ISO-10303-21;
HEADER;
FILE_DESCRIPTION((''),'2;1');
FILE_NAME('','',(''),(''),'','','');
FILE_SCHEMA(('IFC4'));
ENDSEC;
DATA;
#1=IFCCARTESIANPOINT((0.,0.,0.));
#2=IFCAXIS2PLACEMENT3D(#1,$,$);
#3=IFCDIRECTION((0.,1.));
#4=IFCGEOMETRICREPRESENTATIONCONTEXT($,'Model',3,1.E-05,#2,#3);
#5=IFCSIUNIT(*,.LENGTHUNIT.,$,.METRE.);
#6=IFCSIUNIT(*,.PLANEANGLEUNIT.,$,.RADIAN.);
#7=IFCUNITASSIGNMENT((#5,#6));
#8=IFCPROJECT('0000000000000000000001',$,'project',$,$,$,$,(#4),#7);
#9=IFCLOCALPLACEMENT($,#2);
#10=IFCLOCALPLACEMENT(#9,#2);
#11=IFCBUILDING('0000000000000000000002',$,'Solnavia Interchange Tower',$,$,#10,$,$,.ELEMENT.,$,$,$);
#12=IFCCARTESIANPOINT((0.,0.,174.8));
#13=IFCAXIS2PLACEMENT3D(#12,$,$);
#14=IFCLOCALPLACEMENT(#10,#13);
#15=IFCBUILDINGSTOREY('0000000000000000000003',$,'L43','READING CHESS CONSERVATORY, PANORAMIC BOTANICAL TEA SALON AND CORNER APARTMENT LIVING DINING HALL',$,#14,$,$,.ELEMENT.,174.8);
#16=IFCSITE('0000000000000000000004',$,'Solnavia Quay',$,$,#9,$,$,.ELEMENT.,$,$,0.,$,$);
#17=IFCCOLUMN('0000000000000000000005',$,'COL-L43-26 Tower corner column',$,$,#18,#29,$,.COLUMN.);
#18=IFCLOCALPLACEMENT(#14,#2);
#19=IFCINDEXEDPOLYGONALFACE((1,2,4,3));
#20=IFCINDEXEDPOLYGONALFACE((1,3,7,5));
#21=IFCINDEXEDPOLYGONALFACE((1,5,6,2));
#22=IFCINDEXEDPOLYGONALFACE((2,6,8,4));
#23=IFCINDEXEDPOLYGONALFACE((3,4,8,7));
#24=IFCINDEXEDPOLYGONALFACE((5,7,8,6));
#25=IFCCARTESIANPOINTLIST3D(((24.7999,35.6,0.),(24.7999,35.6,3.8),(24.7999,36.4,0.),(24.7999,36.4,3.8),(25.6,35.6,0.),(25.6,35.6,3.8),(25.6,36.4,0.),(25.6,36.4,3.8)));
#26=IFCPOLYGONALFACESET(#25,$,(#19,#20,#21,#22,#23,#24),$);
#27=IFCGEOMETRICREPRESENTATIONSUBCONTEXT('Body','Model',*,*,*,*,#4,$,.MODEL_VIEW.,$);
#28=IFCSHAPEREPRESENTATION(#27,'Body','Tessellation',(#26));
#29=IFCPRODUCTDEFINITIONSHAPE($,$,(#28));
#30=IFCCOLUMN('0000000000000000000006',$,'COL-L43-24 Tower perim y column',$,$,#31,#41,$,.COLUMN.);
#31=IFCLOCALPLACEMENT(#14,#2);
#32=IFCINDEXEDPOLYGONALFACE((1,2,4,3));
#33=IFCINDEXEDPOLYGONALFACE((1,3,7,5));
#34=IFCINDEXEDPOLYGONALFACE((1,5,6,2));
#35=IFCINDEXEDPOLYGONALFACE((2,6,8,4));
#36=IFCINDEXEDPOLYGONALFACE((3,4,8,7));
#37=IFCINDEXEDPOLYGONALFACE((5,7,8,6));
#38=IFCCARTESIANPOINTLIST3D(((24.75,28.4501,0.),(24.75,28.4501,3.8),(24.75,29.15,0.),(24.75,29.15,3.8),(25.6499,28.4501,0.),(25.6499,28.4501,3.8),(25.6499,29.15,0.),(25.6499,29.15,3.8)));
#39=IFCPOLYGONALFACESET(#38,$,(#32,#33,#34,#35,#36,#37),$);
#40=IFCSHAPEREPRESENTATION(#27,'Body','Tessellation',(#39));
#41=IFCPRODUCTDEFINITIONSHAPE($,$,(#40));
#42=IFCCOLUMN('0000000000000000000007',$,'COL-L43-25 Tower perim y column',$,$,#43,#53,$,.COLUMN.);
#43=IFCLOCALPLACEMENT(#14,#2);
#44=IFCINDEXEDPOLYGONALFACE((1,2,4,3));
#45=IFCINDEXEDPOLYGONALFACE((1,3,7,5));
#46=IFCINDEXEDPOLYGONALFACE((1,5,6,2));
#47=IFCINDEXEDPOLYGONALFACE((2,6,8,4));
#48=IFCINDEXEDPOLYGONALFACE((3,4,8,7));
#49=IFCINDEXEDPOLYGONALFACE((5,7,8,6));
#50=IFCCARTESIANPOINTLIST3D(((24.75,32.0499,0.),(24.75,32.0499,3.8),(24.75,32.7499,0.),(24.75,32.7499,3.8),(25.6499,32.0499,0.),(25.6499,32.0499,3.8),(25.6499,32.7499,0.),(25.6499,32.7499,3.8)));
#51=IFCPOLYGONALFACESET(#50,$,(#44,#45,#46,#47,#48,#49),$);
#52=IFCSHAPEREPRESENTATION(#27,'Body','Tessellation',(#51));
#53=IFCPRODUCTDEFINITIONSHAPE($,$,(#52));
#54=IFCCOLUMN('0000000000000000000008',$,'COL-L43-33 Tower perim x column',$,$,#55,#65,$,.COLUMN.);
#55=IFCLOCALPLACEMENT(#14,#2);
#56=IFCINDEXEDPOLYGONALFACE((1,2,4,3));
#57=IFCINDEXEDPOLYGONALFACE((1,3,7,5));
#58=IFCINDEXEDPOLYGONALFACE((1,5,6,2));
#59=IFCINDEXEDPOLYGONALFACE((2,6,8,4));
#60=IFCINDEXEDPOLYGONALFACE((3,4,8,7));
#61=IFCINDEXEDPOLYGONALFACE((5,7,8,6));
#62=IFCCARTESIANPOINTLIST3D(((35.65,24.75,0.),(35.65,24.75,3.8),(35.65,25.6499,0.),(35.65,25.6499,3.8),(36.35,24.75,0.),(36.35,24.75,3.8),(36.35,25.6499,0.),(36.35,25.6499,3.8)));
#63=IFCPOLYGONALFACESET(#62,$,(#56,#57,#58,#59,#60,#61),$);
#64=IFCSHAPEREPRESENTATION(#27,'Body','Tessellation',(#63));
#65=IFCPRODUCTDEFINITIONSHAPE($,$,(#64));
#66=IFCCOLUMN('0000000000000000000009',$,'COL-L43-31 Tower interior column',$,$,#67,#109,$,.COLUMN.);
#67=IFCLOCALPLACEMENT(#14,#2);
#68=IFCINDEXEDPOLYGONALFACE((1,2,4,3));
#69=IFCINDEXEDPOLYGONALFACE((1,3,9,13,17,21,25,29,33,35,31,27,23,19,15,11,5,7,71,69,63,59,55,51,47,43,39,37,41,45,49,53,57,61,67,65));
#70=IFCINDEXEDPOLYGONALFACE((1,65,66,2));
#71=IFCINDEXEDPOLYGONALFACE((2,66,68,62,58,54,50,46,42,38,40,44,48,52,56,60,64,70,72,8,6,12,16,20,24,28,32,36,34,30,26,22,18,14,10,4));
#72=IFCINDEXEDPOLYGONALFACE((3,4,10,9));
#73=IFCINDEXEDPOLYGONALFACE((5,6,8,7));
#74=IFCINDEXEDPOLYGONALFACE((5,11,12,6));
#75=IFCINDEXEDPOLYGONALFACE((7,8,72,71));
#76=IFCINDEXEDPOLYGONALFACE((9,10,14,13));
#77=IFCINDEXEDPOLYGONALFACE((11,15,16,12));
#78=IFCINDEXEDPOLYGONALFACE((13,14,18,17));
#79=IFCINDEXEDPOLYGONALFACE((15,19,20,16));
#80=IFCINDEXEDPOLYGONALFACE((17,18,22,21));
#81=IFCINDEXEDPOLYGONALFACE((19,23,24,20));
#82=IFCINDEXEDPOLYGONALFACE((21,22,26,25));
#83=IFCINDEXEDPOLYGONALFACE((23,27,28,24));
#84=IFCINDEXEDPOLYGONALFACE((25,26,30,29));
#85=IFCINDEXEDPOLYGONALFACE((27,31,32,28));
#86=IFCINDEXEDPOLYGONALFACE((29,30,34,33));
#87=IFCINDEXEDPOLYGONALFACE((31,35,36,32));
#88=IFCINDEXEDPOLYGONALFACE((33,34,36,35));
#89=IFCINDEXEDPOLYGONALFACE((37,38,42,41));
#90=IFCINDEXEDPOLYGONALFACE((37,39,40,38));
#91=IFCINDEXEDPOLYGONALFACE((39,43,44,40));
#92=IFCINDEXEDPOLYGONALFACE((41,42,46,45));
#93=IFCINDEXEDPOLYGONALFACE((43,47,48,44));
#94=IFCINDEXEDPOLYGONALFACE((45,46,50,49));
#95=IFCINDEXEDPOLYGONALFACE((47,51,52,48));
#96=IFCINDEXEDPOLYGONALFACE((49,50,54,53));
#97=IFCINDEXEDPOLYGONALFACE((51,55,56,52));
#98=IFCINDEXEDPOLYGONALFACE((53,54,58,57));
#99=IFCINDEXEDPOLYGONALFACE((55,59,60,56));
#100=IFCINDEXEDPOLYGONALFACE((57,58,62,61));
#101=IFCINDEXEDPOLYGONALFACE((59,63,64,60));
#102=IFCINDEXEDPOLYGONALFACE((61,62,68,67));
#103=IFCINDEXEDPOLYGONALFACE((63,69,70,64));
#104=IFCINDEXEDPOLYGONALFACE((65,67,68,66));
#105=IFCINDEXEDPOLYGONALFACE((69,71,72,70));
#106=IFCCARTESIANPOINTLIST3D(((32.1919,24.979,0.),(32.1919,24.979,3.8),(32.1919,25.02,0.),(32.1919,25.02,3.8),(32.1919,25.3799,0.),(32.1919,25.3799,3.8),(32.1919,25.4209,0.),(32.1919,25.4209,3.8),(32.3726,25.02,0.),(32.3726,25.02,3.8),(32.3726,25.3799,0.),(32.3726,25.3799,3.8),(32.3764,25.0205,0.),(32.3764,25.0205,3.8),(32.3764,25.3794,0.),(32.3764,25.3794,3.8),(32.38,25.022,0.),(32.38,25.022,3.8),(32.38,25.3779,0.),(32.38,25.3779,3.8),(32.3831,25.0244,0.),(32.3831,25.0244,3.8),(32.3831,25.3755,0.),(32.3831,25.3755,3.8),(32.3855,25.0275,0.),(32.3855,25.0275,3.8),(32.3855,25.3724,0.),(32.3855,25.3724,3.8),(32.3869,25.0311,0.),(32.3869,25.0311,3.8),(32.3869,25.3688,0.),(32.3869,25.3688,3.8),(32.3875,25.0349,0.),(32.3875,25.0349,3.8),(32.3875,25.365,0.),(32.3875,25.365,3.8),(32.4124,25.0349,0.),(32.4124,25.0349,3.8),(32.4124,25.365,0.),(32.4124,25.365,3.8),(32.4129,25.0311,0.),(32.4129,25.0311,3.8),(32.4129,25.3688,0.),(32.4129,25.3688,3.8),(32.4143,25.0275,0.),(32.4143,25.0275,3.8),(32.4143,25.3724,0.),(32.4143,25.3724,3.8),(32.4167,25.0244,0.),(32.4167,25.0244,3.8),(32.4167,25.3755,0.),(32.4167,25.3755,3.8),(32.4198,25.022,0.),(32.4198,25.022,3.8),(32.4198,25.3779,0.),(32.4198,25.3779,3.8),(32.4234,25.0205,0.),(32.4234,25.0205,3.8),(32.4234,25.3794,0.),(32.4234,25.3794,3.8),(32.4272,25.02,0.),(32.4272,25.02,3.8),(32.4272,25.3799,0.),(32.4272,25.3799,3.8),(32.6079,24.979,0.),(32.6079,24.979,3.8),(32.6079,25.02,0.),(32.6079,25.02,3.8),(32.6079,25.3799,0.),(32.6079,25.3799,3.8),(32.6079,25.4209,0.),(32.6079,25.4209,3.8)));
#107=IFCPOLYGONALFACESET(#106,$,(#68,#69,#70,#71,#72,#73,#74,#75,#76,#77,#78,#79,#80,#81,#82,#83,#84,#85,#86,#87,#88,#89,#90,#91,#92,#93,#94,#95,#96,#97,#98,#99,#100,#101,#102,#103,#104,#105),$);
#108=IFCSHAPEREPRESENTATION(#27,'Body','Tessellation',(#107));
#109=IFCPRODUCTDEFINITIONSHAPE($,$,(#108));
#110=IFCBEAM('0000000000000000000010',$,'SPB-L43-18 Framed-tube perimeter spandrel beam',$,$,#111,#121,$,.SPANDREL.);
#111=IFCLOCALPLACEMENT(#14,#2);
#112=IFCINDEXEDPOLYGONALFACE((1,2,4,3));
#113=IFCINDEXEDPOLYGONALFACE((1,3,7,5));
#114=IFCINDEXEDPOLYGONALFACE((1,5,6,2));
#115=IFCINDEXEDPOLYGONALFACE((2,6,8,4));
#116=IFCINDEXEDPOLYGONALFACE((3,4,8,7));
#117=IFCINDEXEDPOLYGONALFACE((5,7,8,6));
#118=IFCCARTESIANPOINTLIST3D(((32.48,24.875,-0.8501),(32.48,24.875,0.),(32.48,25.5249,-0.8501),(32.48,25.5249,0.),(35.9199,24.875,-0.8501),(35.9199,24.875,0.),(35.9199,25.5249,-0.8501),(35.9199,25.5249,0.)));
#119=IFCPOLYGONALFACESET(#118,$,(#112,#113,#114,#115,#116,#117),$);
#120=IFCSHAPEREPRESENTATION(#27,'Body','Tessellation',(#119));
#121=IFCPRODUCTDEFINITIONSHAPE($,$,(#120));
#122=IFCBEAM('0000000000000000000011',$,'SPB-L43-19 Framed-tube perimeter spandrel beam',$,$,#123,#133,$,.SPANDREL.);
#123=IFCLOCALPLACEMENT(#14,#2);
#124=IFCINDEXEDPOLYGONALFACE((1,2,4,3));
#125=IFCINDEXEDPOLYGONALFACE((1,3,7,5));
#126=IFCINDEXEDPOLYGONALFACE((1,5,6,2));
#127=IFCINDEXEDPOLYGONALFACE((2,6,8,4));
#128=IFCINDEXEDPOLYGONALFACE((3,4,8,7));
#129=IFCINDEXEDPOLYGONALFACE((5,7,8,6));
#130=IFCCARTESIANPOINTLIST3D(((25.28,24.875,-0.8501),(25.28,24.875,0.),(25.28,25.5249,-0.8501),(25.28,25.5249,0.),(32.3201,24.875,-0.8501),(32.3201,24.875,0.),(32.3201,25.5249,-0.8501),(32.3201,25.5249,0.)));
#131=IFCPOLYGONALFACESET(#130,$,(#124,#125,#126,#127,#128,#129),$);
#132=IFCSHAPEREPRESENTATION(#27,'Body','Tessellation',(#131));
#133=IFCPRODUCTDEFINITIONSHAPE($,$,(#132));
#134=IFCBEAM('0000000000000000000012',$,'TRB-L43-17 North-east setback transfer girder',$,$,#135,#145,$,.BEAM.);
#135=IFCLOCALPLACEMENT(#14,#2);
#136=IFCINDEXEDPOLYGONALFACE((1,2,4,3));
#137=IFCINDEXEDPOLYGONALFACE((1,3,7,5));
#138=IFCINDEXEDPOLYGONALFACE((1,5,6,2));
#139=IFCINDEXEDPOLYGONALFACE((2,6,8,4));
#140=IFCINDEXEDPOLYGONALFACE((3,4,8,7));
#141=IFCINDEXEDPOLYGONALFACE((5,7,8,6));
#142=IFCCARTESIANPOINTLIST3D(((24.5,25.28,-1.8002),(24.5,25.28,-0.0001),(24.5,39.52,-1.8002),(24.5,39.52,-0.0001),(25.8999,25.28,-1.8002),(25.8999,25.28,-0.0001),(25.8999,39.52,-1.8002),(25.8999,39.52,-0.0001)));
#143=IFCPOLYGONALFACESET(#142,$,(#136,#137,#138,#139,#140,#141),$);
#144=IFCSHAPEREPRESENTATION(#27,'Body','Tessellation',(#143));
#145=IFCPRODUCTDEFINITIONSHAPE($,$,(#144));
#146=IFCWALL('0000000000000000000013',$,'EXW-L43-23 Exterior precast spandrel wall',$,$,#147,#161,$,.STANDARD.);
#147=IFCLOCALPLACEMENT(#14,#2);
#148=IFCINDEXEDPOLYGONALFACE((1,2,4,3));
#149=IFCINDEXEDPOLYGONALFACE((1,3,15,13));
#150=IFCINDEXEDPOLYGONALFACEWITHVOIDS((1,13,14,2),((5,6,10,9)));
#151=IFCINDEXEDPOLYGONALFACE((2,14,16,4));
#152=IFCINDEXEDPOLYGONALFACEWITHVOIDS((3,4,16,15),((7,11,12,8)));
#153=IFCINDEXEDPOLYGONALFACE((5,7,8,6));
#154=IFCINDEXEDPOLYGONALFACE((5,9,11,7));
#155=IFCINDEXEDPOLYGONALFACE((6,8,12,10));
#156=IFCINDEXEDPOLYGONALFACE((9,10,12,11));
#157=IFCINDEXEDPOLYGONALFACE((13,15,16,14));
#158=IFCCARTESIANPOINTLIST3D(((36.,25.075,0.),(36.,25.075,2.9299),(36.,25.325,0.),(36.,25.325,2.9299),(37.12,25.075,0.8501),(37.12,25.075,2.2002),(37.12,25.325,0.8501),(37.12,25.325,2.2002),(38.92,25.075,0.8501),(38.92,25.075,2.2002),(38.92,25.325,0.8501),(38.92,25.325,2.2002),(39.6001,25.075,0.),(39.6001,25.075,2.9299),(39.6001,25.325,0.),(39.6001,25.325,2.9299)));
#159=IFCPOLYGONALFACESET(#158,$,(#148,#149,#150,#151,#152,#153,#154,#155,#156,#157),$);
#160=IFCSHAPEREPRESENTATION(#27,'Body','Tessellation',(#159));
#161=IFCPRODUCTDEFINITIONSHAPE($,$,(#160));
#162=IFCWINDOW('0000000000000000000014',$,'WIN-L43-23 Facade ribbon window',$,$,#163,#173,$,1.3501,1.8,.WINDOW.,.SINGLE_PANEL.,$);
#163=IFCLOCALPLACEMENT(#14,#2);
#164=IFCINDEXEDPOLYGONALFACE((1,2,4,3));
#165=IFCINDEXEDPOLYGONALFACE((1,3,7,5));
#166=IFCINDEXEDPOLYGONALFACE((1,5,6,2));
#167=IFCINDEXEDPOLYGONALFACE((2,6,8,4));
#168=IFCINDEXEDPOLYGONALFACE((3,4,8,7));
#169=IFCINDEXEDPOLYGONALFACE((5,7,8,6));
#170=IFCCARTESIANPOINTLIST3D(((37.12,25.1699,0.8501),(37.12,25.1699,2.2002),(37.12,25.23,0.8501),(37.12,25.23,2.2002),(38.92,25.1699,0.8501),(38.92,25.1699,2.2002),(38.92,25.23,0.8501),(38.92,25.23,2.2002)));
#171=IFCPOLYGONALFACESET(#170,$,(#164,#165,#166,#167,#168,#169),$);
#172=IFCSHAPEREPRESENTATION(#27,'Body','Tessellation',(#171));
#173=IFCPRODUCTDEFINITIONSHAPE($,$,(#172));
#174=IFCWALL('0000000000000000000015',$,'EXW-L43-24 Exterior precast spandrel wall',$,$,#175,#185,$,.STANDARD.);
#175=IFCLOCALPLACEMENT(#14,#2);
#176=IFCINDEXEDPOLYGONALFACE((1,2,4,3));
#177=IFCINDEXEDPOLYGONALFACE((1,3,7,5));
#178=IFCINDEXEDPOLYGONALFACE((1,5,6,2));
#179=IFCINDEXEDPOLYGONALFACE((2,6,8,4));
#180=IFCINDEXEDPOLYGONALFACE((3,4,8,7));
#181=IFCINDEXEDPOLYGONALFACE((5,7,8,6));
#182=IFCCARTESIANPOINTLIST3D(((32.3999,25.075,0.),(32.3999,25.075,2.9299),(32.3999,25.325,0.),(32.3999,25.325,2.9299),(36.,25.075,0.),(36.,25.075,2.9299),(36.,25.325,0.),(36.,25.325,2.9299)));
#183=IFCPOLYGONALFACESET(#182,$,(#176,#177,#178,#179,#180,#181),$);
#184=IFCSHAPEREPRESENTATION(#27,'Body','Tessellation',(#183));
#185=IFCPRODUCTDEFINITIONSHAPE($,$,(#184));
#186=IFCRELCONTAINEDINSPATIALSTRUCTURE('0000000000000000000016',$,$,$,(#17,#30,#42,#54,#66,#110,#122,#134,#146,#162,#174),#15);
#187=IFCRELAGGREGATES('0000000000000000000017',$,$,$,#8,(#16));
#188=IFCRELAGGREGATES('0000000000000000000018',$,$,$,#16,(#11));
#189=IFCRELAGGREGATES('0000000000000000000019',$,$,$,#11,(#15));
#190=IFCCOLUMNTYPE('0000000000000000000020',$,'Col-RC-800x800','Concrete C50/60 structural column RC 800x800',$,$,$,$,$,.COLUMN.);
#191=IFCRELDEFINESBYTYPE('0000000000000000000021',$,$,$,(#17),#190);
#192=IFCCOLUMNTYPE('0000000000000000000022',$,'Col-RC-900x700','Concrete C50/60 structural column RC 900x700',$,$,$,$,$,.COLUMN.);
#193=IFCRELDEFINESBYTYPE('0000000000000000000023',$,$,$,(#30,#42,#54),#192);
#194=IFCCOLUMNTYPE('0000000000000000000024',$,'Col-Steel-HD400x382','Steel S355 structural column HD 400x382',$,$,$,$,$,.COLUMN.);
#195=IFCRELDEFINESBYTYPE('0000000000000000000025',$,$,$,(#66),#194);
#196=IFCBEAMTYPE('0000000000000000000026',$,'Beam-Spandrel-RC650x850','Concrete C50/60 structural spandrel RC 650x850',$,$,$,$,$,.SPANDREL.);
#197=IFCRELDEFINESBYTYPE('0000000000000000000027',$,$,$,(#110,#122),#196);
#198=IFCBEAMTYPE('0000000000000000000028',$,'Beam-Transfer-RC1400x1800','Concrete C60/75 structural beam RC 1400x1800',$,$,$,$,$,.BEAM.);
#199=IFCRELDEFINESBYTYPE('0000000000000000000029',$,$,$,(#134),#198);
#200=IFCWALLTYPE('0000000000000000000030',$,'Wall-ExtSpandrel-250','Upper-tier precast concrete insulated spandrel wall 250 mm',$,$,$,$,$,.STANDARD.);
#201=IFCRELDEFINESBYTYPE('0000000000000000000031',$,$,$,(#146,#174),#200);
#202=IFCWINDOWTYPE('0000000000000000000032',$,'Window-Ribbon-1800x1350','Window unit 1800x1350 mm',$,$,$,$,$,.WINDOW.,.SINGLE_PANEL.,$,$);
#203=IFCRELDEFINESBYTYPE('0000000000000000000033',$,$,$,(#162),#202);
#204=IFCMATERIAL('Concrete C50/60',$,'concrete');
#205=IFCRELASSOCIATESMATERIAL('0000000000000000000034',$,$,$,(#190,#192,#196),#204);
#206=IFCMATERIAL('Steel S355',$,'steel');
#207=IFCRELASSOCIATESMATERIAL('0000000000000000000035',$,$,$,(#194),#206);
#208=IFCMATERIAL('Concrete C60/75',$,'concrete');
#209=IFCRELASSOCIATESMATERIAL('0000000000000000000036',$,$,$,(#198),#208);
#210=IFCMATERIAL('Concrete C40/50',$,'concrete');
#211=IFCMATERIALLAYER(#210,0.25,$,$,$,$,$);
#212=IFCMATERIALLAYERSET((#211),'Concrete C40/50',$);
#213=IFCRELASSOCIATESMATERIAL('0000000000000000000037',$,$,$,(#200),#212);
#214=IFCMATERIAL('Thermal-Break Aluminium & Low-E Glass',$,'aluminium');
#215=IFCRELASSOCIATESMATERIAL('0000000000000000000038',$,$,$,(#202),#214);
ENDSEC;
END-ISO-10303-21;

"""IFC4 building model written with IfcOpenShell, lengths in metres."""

from ifc_helpers import new_model, si_unit, direction, frame, frame_2d, origin, origin_2d, place, context, subcontext, project, spatial, rectangle, i_section, extrude, material, layer, layer_set, material_profile, profile_set, type_object, element, fill, save


model = new_model("IFC4")

# Units and contexts
model_context = context("Model", 3, precision=1e-05, world=origin(), true_north=direction((0.0, 1.0)))
body_context = subcontext(model_context, "Body", "Model", "MODEL_VIEW")
ifc_project = project(units=[si_unit("LENGTHUNIT", "METRE"), si_unit("PLANEANGLEUNIT", "RADIAN")], contexts=[model_context])

# Site, building, storey
site_placement = place(None, origin())
site = spatial("IfcSite", under=ifc_project, at=site_placement, Name="Solnavia Quay", CompositionType="ELEMENT", RefElevation=0.0)
building_placement = place(site_placement, origin())
building = spatial("IfcBuilding", under=site, at=building_placement, Name="Solnavia Interchange Tower", CompositionType="ELEMENT")
storey_placement = place(building_placement, frame((0.0, 0.0, 174.8)))
storey = spatial("IfcBuildingStorey", under=building, at=storey_placement, Name="L43", Description="READING CHESS CONSERVATORY, PANORAMIC BOTANICAL TEA SALON AND CORNER APARTMENT LIVING DINING HALL", CompositionType="ELEMENT", Elevation=174.8)

# Columns
ifc_material_1 = material(Name="Concrete C50/60", Category="concrete")
ifc_material_profile_1 = material_profile(ifc_material_1, rectangle(XDim=0.8, YDim=0.8, at=origin_2d()), Name="RC 800x800")
ifc_profile_set_1 = profile_set([ifc_material_profile_1], Name="Concrete C50/60")
column_type_1 = type_object("IfcColumnType", Name="Col-RC-800x800", Description="Concrete C50/60 structural column RC 800x800", PredefinedType="COLUMN", material=ifc_profile_set_1)
column_1_placement = place(storey_placement, frame((25.2, 36.0, 0.0), z_axis=(0.0, 0.0, 1.0), x_axis=(0.0, 1.0, 0.0)))
element("IfcColumn", 1, at=column_1_placement, inside=storey, type_object=column_type_1, Name="COL-L43-26 Tower corner column", PredefinedType="COLUMN", context=body_context, shape_type="SweptSolid", body=[
    extrude(rectangle(XDim=0.8, YDim=0.8, at=origin_2d()), origin(), (0.0, 0.0, 1.0), 3.8),
])
ifc_material_profile_2 = material_profile(ifc_material_1, rectangle(XDim=0.7, YDim=0.8999, at=origin_2d()), Name="RC 900x700")
ifc_profile_set_2 = profile_set([ifc_material_profile_2], Name="Concrete C50/60")
column_type_2 = type_object("IfcColumnType", Name="Col-RC-900x700", Description="Concrete C50/60 structural column RC 900x700", PredefinedType="COLUMN", material=ifc_profile_set_2)
for number, where, z_axis, x_axis, name in (
    (2, (25.2, 28.8, 0.0), (0.0, 0.0, 1.0), (0.0, 1.0, 0.0), "COL-L43-24 Tower perim y column"),
    (3, (25.2, 32.3999, 0.0), (0.0, 0.0, 1.0), (0.0, 1.0, 0.0), "COL-L43-25 Tower perim y column"),
    (4, (36.0, 25.2, 0.0), (0.0, 0.0, 1.0), (1.0, 0.0, 0.0), "COL-L43-33 Tower perim x column"),
):
    element("IfcColumn", number, at=place(storey_placement, frame(where, z_axis=z_axis, x_axis=x_axis)), inside=storey, type_object=column_type_2, Name=name, PredefinedType="COLUMN", context=body_context, shape_type="SweptSolid", body=[
        extrude(rectangle(XDim=0.7, YDim=0.8999, at=origin_2d()), origin(), (0.0, 0.0, 1.0), 3.8),
    ])
ifc_material_2 = material(Name="Steel S355", Category="steel")
ifc_material_profile_3 = material_profile(ifc_material_2, i_section(OverallWidth=0.416, OverallDepth=0.4419, WebThickness=0.0249, FlangeThickness=0.041, FilletRadius=0.0149, at=origin_2d()), Name="HD 400x382")
ifc_profile_set_3 = profile_set([ifc_material_profile_3], Name="Steel S355")
column_type_3 = type_object("IfcColumnType", Name="Col-Steel-HD400x382", Description="Steel S355 structural column HD 400x382", PredefinedType="COLUMN", material=ifc_profile_set_3)
column_2_placement = place(storey_placement, frame((32.3999, 25.2, 0.0), z_axis=(0.0, 0.0, 1.0), x_axis=(1.0, 0.0, 0.0)))
element("IfcColumn", 5, at=column_2_placement, inside=storey, type_object=column_type_3, Name="COL-L43-31 Tower interior column", PredefinedType="COLUMN", context=body_context, shape_type="SweptSolid", body=[
    extrude(i_section(OverallWidth=0.416, OverallDepth=0.4419, WebThickness=0.0249, FlangeThickness=0.041, FilletRadius=0.0149, at=origin_2d()), origin(), (0.0, 0.0, 1.0), 3.8),
])

# Beams
ifc_material_profile_4 = material_profile(ifc_material_1, rectangle(XDim=0.6499, YDim=0.8501, at=origin_2d()), Name="RC 650x850")
ifc_profile_set_4 = profile_set([ifc_material_profile_4], Name="Concrete C50/60")
beam_type_1 = type_object("IfcBeamType", Name="Beam-Spandrel-RC650x850", Description="Concrete C50/60 structural spandrel RC 650x850", PredefinedType="SPANDREL", material=ifc_profile_set_4)
beam_1_placement = place(storey_placement, frame((35.9199, 25.2, -0.425), z_axis=(-1.0, 0.0, 0.0), x_axis=(0.0, -1.0, 0.0)))
element("IfcBeam", 6, at=beam_1_placement, inside=storey, type_object=beam_type_1, Name="SPB-L43-18 Framed-tube perimeter spandrel beam", PredefinedType="SPANDREL", context=body_context, shape_type="SweptSolid", body=[
    extrude(rectangle(XDim=0.6499, YDim=0.8501, at=origin_2d()), origin(), (0.0, 0.0, 1.0), 3.4399),
])
beam_2_placement = place(storey_placement, frame((32.3201, 25.2, -0.425), z_axis=(-1.0, 0.0, 0.0), x_axis=(0.0, -1.0, 0.0)))
element("IfcBeam", 7, at=beam_2_placement, inside=storey, type_object=beam_type_1, Name="SPB-L43-19 Framed-tube perimeter spandrel beam", PredefinedType="SPANDREL", context=body_context, shape_type="SweptSolid", body=[
    extrude(rectangle(XDim=0.6499, YDim=0.8501, at=origin_2d()), origin(), (0.0, 0.0, 1.0), 7.04),
])
ifc_material_3 = material(Name="Concrete C60/75", Category="concrete")
ifc_material_profile_5 = material_profile(ifc_material_3, rectangle(XDim=1.3999, YDim=1.8, at=origin_2d()), Name="RC 1400x1800")
ifc_profile_set_5 = profile_set([ifc_material_profile_5], Name="Concrete C60/75")
beam_type_2 = type_object("IfcBeamType", Name="Beam-Transfer-RC1400x1800", Description="Concrete C60/75 structural beam RC 1400x1800", PredefinedType="BEAM", material=ifc_profile_set_5)
beam_3_placement = place(storey_placement, frame((25.2, 25.28, -0.9001), z_axis=(0.0, 1.0, 0.0), x_axis=(-1.0, 0.0, 0.0)))
element("IfcBeam", 8, at=beam_3_placement, inside=storey, type_object=beam_type_2, Name="TRB-L43-17 North-east setback transfer girder", PredefinedType="BEAM", context=body_context, shape_type="SweptSolid", body=[
    extrude(rectangle(XDim=1.3999, YDim=1.8, at=origin_2d()), origin(), (0.0, 0.0, 1.0), 14.24),
])

# Wall, opening, window
ifc_material_4 = material(Name="Concrete C40/50", Category="concrete")
ifc_layer_1 = layer(ifc_material_4, 0.25)
ifc_layer_set_1 = layer_set([ifc_layer_1], Name="Concrete C40/50")
wall_type = type_object("IfcWallType", Name="Wall-ExtSpandrel-250", Description="Upper-tier precast concrete insulated spandrel wall 250 mm", PredefinedType="STANDARD", material=ifc_layer_set_1)
wall_1_placement = place(storey_placement, frame((36.0, 25.2, 0.0), z_axis=(0.0, 0.0, 1.0), x_axis=(1.0, 0.0, 0.0)))
wall_1 = element("IfcWall", 9, at=wall_1_placement, inside=storey, type_object=wall_type, Name="EXW-L43-23 Exterior precast spandrel wall", PredefinedType="STANDARD", context=body_context, shape_type="SweptSolid", body=[
    extrude(rectangle(XDim=3.6001, YDim=0.25, at=frame_2d((1.8, 0.0))), origin(), (0.0, 0.0, 1.0), 2.9299),
])
opening_1_placement = place(wall_1_placement, frame((1.1201, 0.0, 0.8501)))
opening_1 = element("IfcOpeningElement", 10, at=opening_1_placement, cuts=wall_1, PredefinedType="OPENING", context=body_context, shape_type="SweptSolid", body=[
    extrude(rectangle(XDim=1.8, YDim=1.3501, at=frame_2d((0.8999, 0.675))), frame((0.0, 0.135, 0.0), z_axis=(0.0, -1.0, 0.0), x_axis=(1.0, 0.0, 0.0)), (0.0, 0.0, 1.0), 0.27),
])
ifc_material_5 = material(Name="Thermal-Break Aluminium & Low-E Glass", Category="aluminium")
window_type = type_object("IfcWindowType", Name="Window-Ribbon-1800x1350", Description="Window unit 1800x1350 mm", PartitioningType="SINGLE_PANEL", PredefinedType="WINDOW", material=ifc_material_5)
window_1_placement = place(opening_1_placement, origin())
window_1 = element("IfcWindow", 11, at=window_1_placement, inside=storey, type_object=window_type, Name="WIN-L43-23 Facade ribbon window", OverallHeight=1.3501, OverallWidth=1.8, PartitioningType="SINGLE_PANEL", PredefinedType="WINDOW", context=body_context, shape_type="SweptSolid", body=[
    extrude(rectangle(XDim=1.8, YDim=1.3501, at=frame_2d((0.8999, 0.675))), frame((0.0, 0.03, 0.0), z_axis=(0.0, -1.0, 0.0), x_axis=(1.0, 0.0, 0.0)), (0.0, 0.0, 1.0), 0.0601),
])
fill(opening_1, window_1)

# Wall
wall_2_placement = place(storey_placement, frame((32.3999, 25.2, 0.0), z_axis=(0.0, 0.0, 1.0), x_axis=(1.0, 0.0, 0.0)))
element("IfcWall", 12, at=wall_2_placement, inside=storey, type_object=wall_type, Name="EXW-L43-24 Exterior precast spandrel wall", PredefinedType="STANDARD", context=body_context, shape_type="SweptSolid", body=[
    extrude(rectangle(XDim=3.6001, YDim=0.25, at=frame_2d((1.8, 0.0))), origin(), (0.0, 0.0, 1.0), 2.9299),
])

save(model, "model.ifc")
